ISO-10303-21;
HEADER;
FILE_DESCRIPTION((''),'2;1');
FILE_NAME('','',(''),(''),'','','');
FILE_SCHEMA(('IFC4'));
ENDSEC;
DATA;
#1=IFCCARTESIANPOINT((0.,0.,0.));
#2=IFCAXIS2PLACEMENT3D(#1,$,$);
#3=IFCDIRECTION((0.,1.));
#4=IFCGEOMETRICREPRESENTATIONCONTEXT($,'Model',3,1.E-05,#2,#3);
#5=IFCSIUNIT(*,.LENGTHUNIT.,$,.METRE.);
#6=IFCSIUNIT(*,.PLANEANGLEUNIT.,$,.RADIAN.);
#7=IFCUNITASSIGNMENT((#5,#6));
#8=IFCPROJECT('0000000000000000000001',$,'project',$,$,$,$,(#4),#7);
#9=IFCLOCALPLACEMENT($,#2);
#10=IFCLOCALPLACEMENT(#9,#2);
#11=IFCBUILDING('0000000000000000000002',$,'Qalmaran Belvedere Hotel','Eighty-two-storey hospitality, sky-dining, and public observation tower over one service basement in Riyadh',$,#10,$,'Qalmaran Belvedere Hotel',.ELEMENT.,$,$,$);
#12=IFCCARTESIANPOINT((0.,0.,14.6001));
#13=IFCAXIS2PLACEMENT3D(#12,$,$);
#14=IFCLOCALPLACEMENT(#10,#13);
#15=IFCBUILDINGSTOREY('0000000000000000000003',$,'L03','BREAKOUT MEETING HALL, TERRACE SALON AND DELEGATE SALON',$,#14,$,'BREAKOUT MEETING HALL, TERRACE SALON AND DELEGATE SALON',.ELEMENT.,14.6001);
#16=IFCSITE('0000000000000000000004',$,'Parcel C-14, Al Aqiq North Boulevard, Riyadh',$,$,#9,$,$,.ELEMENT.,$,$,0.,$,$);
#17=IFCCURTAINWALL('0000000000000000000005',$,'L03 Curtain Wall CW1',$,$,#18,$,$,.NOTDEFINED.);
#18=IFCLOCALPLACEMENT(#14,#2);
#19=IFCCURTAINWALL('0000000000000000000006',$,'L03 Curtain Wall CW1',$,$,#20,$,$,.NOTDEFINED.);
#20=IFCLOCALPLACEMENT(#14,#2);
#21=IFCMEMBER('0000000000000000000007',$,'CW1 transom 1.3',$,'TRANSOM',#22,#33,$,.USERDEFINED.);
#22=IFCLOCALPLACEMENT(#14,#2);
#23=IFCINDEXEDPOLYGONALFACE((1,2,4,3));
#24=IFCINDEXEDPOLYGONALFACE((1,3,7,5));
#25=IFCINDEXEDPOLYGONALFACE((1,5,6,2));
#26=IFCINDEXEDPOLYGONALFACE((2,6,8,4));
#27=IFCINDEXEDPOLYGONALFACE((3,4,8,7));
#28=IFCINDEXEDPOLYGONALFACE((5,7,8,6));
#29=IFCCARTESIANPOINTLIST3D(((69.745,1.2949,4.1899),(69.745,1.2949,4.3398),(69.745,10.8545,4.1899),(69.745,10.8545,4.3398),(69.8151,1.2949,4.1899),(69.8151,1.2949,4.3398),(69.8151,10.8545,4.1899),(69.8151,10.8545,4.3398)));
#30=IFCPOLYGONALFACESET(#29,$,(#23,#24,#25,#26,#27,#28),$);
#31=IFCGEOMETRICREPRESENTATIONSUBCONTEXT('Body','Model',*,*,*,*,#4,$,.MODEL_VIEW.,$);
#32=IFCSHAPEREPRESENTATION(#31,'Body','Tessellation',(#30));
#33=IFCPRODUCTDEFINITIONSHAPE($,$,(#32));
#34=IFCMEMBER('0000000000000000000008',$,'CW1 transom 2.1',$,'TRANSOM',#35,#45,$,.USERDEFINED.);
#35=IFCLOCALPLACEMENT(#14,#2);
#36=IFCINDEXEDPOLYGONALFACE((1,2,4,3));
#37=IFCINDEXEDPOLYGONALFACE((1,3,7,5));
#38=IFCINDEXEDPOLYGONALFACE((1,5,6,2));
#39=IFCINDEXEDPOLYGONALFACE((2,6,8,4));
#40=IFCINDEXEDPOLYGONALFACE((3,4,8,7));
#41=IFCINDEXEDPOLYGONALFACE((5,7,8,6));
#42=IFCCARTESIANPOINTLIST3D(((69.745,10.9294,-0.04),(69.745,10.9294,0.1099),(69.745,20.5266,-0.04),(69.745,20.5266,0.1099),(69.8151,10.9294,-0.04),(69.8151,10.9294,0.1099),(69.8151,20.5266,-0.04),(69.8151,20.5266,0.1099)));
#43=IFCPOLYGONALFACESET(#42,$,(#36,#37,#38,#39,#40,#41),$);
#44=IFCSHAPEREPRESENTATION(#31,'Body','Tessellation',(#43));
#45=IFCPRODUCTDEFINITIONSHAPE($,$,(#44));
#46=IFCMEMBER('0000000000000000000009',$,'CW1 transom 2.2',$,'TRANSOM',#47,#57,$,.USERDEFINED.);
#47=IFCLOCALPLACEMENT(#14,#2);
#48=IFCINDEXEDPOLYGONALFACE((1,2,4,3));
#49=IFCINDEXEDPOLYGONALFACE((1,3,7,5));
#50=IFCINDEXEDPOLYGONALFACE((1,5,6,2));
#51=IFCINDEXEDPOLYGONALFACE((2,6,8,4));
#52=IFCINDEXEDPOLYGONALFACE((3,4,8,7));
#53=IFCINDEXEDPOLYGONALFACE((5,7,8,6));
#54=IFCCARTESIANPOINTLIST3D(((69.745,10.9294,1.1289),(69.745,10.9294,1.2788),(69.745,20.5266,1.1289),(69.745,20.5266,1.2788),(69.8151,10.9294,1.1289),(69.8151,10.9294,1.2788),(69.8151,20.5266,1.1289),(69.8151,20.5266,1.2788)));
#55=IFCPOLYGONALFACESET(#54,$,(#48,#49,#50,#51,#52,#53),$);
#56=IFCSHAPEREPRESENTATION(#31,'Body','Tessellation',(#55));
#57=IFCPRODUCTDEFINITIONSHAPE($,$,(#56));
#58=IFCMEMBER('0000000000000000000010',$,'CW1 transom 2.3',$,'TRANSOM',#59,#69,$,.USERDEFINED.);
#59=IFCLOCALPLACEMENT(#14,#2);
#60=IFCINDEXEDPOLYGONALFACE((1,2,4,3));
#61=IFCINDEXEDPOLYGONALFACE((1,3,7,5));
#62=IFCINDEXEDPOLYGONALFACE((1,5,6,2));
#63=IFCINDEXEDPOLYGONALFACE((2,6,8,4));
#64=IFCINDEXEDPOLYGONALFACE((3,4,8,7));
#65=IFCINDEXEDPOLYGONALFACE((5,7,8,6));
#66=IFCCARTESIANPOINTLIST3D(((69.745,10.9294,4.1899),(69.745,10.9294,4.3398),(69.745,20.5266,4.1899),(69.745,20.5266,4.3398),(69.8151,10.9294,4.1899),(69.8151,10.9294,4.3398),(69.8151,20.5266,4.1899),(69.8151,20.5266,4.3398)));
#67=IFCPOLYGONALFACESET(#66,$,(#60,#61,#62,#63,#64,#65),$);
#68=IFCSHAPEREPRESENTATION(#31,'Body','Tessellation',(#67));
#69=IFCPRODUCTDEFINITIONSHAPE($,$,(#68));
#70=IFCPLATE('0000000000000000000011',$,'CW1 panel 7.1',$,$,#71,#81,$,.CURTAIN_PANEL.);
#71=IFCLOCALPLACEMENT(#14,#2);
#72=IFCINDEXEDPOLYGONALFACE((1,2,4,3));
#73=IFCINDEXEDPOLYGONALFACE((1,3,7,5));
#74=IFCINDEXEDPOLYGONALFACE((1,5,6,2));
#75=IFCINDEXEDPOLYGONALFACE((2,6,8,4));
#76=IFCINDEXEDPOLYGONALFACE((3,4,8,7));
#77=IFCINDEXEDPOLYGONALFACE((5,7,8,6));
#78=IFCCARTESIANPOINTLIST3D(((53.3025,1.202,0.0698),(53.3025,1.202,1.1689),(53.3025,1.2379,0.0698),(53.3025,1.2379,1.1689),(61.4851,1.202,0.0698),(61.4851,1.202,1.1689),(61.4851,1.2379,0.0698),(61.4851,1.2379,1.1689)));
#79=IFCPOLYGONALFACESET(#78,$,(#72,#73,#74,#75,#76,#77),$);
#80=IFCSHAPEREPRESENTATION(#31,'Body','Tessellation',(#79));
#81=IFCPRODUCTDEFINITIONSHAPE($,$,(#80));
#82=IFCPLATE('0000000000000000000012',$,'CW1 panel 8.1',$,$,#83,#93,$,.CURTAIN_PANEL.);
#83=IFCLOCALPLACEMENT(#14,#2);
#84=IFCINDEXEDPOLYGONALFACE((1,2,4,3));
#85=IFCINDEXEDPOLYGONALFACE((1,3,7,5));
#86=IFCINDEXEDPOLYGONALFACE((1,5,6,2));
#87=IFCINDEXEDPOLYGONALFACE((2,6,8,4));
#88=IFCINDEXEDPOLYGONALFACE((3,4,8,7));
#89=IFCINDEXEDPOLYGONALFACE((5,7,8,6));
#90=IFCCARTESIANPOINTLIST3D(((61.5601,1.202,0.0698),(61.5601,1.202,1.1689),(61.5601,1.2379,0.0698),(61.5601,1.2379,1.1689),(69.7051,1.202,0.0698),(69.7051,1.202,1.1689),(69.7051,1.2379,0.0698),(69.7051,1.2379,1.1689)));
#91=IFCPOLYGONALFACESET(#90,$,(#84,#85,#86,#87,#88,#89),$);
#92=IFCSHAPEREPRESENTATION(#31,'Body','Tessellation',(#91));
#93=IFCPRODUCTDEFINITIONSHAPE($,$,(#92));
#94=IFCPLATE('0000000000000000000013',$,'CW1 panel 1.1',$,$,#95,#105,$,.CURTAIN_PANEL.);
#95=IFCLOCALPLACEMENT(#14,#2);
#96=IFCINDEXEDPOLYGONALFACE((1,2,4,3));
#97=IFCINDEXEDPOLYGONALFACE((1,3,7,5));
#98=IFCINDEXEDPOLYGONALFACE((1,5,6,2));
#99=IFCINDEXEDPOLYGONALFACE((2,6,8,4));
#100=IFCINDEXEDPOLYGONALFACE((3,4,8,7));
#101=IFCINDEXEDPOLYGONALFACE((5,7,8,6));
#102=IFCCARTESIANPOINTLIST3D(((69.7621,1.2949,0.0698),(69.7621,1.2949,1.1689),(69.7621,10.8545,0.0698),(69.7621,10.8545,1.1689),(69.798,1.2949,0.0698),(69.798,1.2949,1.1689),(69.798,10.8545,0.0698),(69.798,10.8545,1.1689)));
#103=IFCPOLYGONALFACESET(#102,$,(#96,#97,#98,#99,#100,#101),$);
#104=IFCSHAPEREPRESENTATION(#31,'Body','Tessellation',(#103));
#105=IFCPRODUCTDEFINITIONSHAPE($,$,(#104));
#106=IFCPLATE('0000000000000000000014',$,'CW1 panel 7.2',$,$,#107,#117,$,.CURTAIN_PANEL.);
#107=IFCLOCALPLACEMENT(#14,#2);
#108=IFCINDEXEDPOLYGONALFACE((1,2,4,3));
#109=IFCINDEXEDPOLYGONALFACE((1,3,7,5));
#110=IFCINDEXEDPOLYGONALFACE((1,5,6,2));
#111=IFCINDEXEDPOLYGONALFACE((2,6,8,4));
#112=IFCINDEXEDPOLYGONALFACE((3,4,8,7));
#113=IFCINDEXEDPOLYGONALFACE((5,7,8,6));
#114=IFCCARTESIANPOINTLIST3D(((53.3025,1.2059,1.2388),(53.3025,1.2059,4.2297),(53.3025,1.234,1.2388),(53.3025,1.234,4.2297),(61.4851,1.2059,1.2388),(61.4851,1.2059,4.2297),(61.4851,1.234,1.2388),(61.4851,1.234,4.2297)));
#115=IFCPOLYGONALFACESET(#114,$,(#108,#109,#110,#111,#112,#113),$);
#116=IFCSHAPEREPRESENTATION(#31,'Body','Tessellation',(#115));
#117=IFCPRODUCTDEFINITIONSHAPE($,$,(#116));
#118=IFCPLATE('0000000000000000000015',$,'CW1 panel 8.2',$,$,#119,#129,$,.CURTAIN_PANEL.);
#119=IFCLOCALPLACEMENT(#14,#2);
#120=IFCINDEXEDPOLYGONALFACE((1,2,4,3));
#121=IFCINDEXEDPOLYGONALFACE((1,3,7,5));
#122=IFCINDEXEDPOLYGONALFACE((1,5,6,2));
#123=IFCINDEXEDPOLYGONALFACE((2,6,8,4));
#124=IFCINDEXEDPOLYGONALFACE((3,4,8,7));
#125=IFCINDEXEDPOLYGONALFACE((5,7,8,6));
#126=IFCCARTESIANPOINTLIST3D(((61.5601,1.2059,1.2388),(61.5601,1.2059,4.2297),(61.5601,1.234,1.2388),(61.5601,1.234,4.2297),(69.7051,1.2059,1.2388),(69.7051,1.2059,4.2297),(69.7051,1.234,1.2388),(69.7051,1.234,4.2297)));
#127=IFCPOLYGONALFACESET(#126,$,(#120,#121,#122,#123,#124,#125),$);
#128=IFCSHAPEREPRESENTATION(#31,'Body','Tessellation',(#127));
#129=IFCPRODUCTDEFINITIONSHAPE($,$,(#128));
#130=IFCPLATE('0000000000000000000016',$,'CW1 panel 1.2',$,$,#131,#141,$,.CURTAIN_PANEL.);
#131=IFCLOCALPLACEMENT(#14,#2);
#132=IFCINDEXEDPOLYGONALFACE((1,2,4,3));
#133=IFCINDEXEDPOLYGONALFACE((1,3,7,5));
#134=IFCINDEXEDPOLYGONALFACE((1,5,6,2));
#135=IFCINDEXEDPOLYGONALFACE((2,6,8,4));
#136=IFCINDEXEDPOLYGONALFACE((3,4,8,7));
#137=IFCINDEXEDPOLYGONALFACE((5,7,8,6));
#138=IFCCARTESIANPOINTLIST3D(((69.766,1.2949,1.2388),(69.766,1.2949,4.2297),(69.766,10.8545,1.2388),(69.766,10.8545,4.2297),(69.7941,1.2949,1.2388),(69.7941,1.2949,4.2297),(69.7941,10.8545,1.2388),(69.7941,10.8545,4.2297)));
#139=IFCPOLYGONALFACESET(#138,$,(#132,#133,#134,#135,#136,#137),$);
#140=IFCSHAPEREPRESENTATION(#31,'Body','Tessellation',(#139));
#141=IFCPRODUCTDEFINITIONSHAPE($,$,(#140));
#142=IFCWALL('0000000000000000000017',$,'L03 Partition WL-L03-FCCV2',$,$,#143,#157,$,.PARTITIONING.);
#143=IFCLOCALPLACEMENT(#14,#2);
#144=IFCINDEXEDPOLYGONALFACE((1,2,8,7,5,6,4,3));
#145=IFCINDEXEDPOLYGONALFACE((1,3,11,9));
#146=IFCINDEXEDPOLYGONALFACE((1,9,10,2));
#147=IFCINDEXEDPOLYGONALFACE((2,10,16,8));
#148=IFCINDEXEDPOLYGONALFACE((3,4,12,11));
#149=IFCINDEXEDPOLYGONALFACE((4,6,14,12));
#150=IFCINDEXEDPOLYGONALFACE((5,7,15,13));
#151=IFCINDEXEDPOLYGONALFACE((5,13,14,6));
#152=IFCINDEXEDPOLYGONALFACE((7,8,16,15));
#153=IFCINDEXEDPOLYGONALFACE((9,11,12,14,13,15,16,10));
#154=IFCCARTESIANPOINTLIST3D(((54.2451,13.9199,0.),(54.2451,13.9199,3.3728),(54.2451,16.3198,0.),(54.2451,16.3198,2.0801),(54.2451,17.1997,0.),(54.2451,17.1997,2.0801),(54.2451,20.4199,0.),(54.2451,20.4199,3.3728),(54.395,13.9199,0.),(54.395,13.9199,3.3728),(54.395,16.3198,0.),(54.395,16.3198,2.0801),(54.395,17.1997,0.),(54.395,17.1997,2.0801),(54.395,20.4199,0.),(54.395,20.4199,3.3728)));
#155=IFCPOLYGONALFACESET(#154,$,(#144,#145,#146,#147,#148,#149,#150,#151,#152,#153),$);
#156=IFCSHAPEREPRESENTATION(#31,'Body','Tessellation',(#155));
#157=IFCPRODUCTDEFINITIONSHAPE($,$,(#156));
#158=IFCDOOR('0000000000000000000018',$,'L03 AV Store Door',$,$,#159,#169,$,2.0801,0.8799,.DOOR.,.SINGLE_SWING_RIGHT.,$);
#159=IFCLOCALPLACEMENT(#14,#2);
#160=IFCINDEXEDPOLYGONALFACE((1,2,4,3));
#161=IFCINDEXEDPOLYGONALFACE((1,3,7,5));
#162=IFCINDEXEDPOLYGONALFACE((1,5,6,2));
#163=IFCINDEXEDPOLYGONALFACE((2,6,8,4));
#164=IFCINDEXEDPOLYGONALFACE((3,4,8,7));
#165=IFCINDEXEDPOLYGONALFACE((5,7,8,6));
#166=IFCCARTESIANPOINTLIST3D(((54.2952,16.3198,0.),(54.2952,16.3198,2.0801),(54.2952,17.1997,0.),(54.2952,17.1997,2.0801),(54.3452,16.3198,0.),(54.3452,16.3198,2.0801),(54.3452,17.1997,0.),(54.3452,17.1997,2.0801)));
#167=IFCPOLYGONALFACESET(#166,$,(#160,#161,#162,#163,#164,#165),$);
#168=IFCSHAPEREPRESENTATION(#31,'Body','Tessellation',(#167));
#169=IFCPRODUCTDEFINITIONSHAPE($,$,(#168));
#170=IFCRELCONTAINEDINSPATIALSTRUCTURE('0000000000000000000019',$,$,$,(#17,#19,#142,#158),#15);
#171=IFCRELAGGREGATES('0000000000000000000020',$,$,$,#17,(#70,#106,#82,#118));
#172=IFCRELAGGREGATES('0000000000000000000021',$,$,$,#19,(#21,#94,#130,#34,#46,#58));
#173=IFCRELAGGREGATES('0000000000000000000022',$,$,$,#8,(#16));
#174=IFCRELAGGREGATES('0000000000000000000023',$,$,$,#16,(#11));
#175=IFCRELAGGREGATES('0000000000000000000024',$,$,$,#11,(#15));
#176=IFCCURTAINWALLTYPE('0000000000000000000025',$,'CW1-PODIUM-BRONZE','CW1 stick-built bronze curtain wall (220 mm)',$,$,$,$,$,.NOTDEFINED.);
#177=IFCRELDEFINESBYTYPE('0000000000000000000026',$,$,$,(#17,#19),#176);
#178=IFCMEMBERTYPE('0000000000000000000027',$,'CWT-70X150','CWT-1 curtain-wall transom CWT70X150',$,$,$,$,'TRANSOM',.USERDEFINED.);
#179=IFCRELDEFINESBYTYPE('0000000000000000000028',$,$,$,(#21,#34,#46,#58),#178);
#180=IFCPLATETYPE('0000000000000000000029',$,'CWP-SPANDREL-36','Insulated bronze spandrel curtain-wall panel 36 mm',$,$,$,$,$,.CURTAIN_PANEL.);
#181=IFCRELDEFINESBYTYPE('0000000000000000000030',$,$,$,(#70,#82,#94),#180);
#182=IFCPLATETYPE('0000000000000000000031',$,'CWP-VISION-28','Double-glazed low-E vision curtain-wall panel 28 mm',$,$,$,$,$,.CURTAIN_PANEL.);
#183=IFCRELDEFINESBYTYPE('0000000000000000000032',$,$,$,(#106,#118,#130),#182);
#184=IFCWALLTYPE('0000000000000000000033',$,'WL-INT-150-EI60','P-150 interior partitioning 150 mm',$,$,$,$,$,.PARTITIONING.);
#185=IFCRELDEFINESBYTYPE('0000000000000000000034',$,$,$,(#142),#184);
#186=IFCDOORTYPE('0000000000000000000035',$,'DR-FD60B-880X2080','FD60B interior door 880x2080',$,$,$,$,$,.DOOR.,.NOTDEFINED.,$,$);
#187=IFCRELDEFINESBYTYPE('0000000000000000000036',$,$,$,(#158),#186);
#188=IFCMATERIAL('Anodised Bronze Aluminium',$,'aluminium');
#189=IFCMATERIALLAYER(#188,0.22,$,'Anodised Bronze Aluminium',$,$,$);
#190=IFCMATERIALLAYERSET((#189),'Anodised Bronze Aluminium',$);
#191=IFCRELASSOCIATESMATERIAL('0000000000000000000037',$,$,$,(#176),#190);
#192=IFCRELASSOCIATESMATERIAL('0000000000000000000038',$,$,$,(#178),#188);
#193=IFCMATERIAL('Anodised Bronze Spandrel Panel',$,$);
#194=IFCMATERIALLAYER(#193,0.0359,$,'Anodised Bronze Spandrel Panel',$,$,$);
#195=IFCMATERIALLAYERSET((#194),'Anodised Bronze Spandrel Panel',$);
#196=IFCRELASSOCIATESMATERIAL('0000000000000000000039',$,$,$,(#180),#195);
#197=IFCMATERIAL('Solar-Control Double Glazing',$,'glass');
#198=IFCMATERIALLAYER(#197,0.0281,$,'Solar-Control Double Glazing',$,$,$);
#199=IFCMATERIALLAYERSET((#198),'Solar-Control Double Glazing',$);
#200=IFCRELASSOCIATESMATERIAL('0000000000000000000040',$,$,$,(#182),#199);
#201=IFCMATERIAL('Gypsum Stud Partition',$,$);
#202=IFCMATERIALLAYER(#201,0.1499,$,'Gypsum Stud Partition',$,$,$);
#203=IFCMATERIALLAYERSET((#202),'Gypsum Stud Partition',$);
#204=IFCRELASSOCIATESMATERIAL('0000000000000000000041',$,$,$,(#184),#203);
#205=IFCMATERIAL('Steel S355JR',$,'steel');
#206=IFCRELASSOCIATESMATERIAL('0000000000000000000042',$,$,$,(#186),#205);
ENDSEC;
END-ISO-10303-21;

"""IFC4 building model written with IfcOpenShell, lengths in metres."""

from ifc_helpers import new_model, si_unit, direction, frame, frame_2d, origin, origin_2d, place, context, subcontext, project, spatial, rectangle, extrude, material, layer, layer_set, material_profile, profile_set, type_object, element, fill, aggregate, save


model = new_model("IFC4")

# Units and contexts
model_context = context("Model", 3, precision=1e-05, world=origin(), true_north=direction((0.0, 1.0)))
body_context = subcontext(model_context, "Body", "Model", "MODEL_VIEW")
ifc_project = project(units=[si_unit("LENGTHUNIT", "METRE"), si_unit("PLANEANGLEUNIT", "RADIAN")], contexts=[model_context])

# Site, building, storey
site_placement = place(None, origin())
site = spatial("IfcSite", under=ifc_project, at=site_placement, Name="Parcel C-14, Al Aqiq North Boulevard, Riyadh", CompositionType="ELEMENT", RefElevation=0.0)
building_placement = place(site_placement, origin())
building = spatial("IfcBuilding", under=site, at=building_placement, Name="Qalmaran Belvedere Hotel", Description="Eighty-two-storey hospitality, sky-dining, and public observation tower over one service basement in Riyadh", LongName="Qalmaran Belvedere Hotel", CompositionType="ELEMENT")
storey_placement = place(building_placement, frame((0.0, 0.0, 14.6001)))
storey = spatial("IfcBuildingStorey", under=building, at=storey_placement, Name="L03", Description="BREAKOUT MEETING HALL, TERRACE SALON AND DELEGATE SALON", LongName="BREAKOUT MEETING HALL, TERRACE SALON AND DELEGATE SALON", CompositionType="ELEMENT", Elevation=14.6001)

# Shared definitions
ifc_material_1 = material(Name="Steel S355JR", Category="steel")

# Curtain walls
ifc_material_2 = material(Name="Anodised Bronze Aluminium", Category="aluminium")
ifc_layer_1 = layer(ifc_material_2, 0.22, Name="Anodised Bronze Aluminium")
ifc_layer_set_1 = layer_set([ifc_layer_1], Name="Anodised Bronze Aluminium")
curtain_wall_type = type_object("IfcCurtainWallType", Name="CW1-PODIUM-BRONZE", Description="CW1 stick-built bronze curtain wall (220 mm)", PredefinedType="NOTDEFINED", material=ifc_layer_set_1)
curtain_wall_1_placement = place(storey_placement, origin())
curtain_wall_1 = element("IfcCurtainWall", 1, at=curtain_wall_1_placement, inside=storey, type_object=curtain_wall_type, Name="L03 Curtain Wall CW1", PredefinedType="NOTDEFINED")
curtain_wall_2_placement = place(storey_placement, origin())
curtain_wall_2 = element("IfcCurtainWall", 2, at=curtain_wall_2_placement, inside=storey, type_object=curtain_wall_type, Name="L03 Curtain Wall CW1", PredefinedType="NOTDEFINED")

# Members
ifc_material_profile_1 = material_profile(ifc_material_2, rectangle(XDim=0.0701, YDim=0.1499, at=origin_2d()), Name="CWT70X150")
ifc_profile_set_1 = profile_set([ifc_material_profile_1], Name="Anodised Bronze Aluminium")
member_type_1 = type_object("IfcMemberType", Name="CWT-70X150", Description="CWT-1 curtain-wall transom CWT70X150", ElementType="TRANSOM", PredefinedType="USERDEFINED", material=ifc_profile_set_1)
member_1_placement = place(storey_placement, frame((69.78, 1.2949, 4.2649), z_axis=(0.0, 1.0, 0.0), x_axis=(-1.0, 0.0, 0.0)))
member_1 = element("IfcMember", 3, at=member_1_placement, type_object=member_type_1, Name="CW1 transom 1.3", ObjectType="TRANSOM", PredefinedType="USERDEFINED", context=body_context, shape_type="SweptSolid", body=[
    extrude(rectangle(XDim=0.0701, YDim=0.1499, at=origin_2d()), origin(), (0.0, 0.0, 1.0), 9.5596),
])
member_2_placement = place(storey_placement, frame((69.78, 10.9294, 0.0349), z_axis=(0.0, 1.0, 0.0), x_axis=(-1.0, 0.0, 0.0)))
member_2 = element("IfcMember", 4, at=member_2_placement, type_object=member_type_1, Name="CW1 transom 2.1", ObjectType="TRANSOM", PredefinedType="USERDEFINED", context=body_context, shape_type="SweptSolid", body=[
    extrude(rectangle(XDim=0.0701, YDim=0.1499, at=origin_2d()), origin(), (0.0, 0.0, 1.0), 9.5972),
])
member_3_placement = place(storey_placement, frame((69.78, 10.9294, 1.2039), z_axis=(0.0, 1.0, 0.0), x_axis=(-1.0, 0.0, 0.0)))
member_3 = element("IfcMember", 5, at=member_3_placement, type_object=member_type_1, Name="CW1 transom 2.2", ObjectType="TRANSOM", PredefinedType="USERDEFINED", context=body_context, shape_type="SweptSolid", body=[
    extrude(rectangle(XDim=0.0701, YDim=0.1499, at=origin_2d()), origin(), (0.0, 0.0, 1.0), 9.5972),
])
member_4_placement = place(storey_placement, frame((69.78, 10.9294, 4.2649), z_axis=(0.0, 1.0, 0.0), x_axis=(-1.0, 0.0, 0.0)))
member_4 = element("IfcMember", 6, at=member_4_placement, type_object=member_type_1, Name="CW1 transom 2.3", ObjectType="TRANSOM", PredefinedType="USERDEFINED", context=body_context, shape_type="SweptSolid", body=[
    extrude(rectangle(XDim=0.0701, YDim=0.1499, at=origin_2d()), origin(), (0.0, 0.0, 1.0), 9.5972),
])

# Plates
ifc_material_3 = material(Name="Anodised Bronze Spandrel Panel")
ifc_layer_2 = layer(ifc_material_3, 0.0359, Name="Anodised Bronze Spandrel Panel")
ifc_layer_set_2 = layer_set([ifc_layer_2], Name="Anodised Bronze Spandrel Panel")
plate_type_1 = type_object("IfcPlateType", Name="CWP-SPANDREL-36", Description="Insulated bronze spandrel curtain-wall panel 36 mm", PredefinedType="CURTAIN_PANEL", material=ifc_layer_set_2)
plate_1_placement = place(storey_placement, frame((57.3938, 1.22, 0.0698), z_axis=(0.0, 0.0, 1.0), x_axis=(1.0, 0.0, 0.0)))
plate_1 = element("IfcPlate", 7, at=plate_1_placement, type_object=plate_type_1, Name="CW1 panel 7.1", PredefinedType="CURTAIN_PANEL", context=body_context, shape_type="SweptSolid", body=[
    extrude(rectangle(XDim=8.1826, YDim=0.0359, at=origin_2d()), origin(), (0.0, 0.0, 1.0), 1.0991),
])
plate_2_placement = place(storey_placement, frame((65.6326, 1.22, 0.0698), z_axis=(0.0, 0.0, 1.0), x_axis=(1.0, 0.0, 0.0)))
plate_2 = element("IfcPlate", 8, at=plate_2_placement, type_object=plate_type_1, Name="CW1 panel 8.1", PredefinedType="CURTAIN_PANEL", context=body_context, shape_type="SweptSolid", body=[
    extrude(rectangle(XDim=8.145, YDim=0.0359, at=origin_2d()), origin(), (0.0, 0.0, 1.0), 1.0991),
])
plate_3_placement = place(storey_placement, frame((69.78, 6.0747, 0.0698), z_axis=(0.0, 0.0, 1.0), x_axis=(0.0, 1.0, 0.0)))
plate_3 = element("IfcPlate", 9, at=plate_3_placement, type_object=plate_type_1, Name="CW1 panel 1.1", PredefinedType="CURTAIN_PANEL", context=body_context, shape_type="SweptSolid", body=[
    extrude(rectangle(XDim=9.5596, YDim=0.0359, at=origin_2d()), origin(), (0.0, 0.0, 1.0), 1.0991),
])
ifc_material_4 = material(Name="Solar-Control Double Glazing", Category="glass")
ifc_layer_3 = layer(ifc_material_4, 0.0281, Name="Solar-Control Double Glazing")
ifc_layer_set_3 = layer_set([ifc_layer_3], Name="Solar-Control Double Glazing")
plate_type_2 = type_object("IfcPlateType", Name="CWP-VISION-28", Description="Double-glazed low-E vision curtain-wall panel 28 mm", PredefinedType="CURTAIN_PANEL", material=ifc_layer_set_3)
plate_4_placement = place(storey_placement, frame((57.3938, 1.22, 1.2388), z_axis=(0.0, 0.0, 1.0), x_axis=(1.0, 0.0, 0.0)))
plate_4 = element("IfcPlate", 10, at=plate_4_placement, type_object=plate_type_2, Name="CW1 panel 7.2", PredefinedType="CURTAIN_PANEL", context=body_context, shape_type="SweptSolid", body=[
    extrude(rectangle(XDim=8.1826, YDim=0.0281, at=origin_2d()), origin(), (0.0, 0.0, 1.0), 2.991),
])
plate_5_placement = place(storey_placement, frame((65.6326, 1.22, 1.2388), z_axis=(0.0, 0.0, 1.0), x_axis=(1.0, 0.0, 0.0)))
plate_5 = element("IfcPlate", 11, at=plate_5_placement, type_object=plate_type_2, Name="CW1 panel 8.2", PredefinedType="CURTAIN_PANEL", context=body_context, shape_type="SweptSolid", body=[
    extrude(rectangle(XDim=8.145, YDim=0.0281, at=origin_2d()), origin(), (0.0, 0.0, 1.0), 2.991),
])
aggregate(curtain_wall_1, [plate_1, plate_4, plate_2, plate_5])
plate_6_placement = place(storey_placement, frame((69.78, 6.0747, 1.2388), z_axis=(0.0, 0.0, 1.0), x_axis=(0.0, 1.0, 0.0)))
plate_6 = element("IfcPlate", 12, at=plate_6_placement, type_object=plate_type_2, Name="CW1 panel 1.2", PredefinedType="CURTAIN_PANEL", context=body_context, shape_type="SweptSolid", body=[
    extrude(rectangle(XDim=9.5596, YDim=0.0281, at=origin_2d()), origin(), (0.0, 0.0, 1.0), 2.991),
])
aggregate(curtain_wall_2, [member_1, plate_3, plate_6, member_2, member_3, member_4])

# Wall, opening, door
ifc_material_5 = material(Name="Gypsum Stud Partition")
ifc_layer_4 = layer(ifc_material_5, 0.1499, Name="Gypsum Stud Partition")
ifc_layer_set_4 = layer_set([ifc_layer_4], Name="Gypsum Stud Partition")
wall_type_1 = type_object("IfcWallType", Name="WL-INT-150-EI60", Description="P-150 interior partitioning 150 mm", PredefinedType="PARTITIONING", material=ifc_layer_set_4)
wall_1_placement = place(storey_placement, frame((54.3201, 13.9199, 0.0), z_axis=(0.0, 0.0, 1.0), x_axis=(0.0, 1.0, 0.0)))
wall_1 = element("IfcWall", 13, at=wall_1_placement, inside=storey, type_object=wall_type_1, Name="L03 Partition WL-L03-FCCV2", PredefinedType="PARTITIONING", context=body_context, shape_type="SweptSolid", body=[
    extrude(rectangle(XDim=6.5, YDim=0.1499, at=frame_2d((3.25, 0.0))), origin(), (0.0, 0.0, 1.0), 3.3728),
])
opening_1_placement = place(wall_1_placement, frame((2.3999, 0.0, 0.0)))
opening_1 = element("IfcOpeningElement", 14, at=opening_1_placement, cuts=wall_1, PredefinedType="OPENING", context=body_context, shape_type="SweptSolid", body=[
    extrude(rectangle(XDim=0.8799, YDim=2.0801, at=frame_2d((0.4399, 1.04))), frame((0.0, 0.085, 0.0), z_axis=(0.0, -1.0, 0.0), x_axis=(1.0, 0.0, 0.0)), (0.0, 0.0, 1.0), 0.1699),
])
door_type_1 = type_object("IfcDoorType", Name="DR-FD60B-880X2080", Description="FD60B interior door 880x2080", OperationType="NOTDEFINED", PredefinedType="DOOR", material=ifc_material_1)
door_1_placement = place(opening_1_placement, origin())
door_1 = element("IfcDoor", 15, at=door_1_placement, inside=storey, type_object=door_type_1, Name="L03 AV Store Door", OperationType="SINGLE_SWING_RIGHT", OverallHeight=2.0801, OverallWidth=0.8799, PredefinedType="DOOR", context=body_context, shape_type="SweptSolid", body=[
    extrude(rectangle(XDim=0.8799, YDim=2.0801, at=frame_2d((0.4399, 1.04))), frame((0.0, 0.0249, 0.0), z_axis=(0.0, -1.0, 0.0), x_axis=(1.0, 0.0, 0.0)), (0.0, 0.0, 1.0), 0.05),
])
fill(opening_1, door_1)

save(model, "model.ifc")
